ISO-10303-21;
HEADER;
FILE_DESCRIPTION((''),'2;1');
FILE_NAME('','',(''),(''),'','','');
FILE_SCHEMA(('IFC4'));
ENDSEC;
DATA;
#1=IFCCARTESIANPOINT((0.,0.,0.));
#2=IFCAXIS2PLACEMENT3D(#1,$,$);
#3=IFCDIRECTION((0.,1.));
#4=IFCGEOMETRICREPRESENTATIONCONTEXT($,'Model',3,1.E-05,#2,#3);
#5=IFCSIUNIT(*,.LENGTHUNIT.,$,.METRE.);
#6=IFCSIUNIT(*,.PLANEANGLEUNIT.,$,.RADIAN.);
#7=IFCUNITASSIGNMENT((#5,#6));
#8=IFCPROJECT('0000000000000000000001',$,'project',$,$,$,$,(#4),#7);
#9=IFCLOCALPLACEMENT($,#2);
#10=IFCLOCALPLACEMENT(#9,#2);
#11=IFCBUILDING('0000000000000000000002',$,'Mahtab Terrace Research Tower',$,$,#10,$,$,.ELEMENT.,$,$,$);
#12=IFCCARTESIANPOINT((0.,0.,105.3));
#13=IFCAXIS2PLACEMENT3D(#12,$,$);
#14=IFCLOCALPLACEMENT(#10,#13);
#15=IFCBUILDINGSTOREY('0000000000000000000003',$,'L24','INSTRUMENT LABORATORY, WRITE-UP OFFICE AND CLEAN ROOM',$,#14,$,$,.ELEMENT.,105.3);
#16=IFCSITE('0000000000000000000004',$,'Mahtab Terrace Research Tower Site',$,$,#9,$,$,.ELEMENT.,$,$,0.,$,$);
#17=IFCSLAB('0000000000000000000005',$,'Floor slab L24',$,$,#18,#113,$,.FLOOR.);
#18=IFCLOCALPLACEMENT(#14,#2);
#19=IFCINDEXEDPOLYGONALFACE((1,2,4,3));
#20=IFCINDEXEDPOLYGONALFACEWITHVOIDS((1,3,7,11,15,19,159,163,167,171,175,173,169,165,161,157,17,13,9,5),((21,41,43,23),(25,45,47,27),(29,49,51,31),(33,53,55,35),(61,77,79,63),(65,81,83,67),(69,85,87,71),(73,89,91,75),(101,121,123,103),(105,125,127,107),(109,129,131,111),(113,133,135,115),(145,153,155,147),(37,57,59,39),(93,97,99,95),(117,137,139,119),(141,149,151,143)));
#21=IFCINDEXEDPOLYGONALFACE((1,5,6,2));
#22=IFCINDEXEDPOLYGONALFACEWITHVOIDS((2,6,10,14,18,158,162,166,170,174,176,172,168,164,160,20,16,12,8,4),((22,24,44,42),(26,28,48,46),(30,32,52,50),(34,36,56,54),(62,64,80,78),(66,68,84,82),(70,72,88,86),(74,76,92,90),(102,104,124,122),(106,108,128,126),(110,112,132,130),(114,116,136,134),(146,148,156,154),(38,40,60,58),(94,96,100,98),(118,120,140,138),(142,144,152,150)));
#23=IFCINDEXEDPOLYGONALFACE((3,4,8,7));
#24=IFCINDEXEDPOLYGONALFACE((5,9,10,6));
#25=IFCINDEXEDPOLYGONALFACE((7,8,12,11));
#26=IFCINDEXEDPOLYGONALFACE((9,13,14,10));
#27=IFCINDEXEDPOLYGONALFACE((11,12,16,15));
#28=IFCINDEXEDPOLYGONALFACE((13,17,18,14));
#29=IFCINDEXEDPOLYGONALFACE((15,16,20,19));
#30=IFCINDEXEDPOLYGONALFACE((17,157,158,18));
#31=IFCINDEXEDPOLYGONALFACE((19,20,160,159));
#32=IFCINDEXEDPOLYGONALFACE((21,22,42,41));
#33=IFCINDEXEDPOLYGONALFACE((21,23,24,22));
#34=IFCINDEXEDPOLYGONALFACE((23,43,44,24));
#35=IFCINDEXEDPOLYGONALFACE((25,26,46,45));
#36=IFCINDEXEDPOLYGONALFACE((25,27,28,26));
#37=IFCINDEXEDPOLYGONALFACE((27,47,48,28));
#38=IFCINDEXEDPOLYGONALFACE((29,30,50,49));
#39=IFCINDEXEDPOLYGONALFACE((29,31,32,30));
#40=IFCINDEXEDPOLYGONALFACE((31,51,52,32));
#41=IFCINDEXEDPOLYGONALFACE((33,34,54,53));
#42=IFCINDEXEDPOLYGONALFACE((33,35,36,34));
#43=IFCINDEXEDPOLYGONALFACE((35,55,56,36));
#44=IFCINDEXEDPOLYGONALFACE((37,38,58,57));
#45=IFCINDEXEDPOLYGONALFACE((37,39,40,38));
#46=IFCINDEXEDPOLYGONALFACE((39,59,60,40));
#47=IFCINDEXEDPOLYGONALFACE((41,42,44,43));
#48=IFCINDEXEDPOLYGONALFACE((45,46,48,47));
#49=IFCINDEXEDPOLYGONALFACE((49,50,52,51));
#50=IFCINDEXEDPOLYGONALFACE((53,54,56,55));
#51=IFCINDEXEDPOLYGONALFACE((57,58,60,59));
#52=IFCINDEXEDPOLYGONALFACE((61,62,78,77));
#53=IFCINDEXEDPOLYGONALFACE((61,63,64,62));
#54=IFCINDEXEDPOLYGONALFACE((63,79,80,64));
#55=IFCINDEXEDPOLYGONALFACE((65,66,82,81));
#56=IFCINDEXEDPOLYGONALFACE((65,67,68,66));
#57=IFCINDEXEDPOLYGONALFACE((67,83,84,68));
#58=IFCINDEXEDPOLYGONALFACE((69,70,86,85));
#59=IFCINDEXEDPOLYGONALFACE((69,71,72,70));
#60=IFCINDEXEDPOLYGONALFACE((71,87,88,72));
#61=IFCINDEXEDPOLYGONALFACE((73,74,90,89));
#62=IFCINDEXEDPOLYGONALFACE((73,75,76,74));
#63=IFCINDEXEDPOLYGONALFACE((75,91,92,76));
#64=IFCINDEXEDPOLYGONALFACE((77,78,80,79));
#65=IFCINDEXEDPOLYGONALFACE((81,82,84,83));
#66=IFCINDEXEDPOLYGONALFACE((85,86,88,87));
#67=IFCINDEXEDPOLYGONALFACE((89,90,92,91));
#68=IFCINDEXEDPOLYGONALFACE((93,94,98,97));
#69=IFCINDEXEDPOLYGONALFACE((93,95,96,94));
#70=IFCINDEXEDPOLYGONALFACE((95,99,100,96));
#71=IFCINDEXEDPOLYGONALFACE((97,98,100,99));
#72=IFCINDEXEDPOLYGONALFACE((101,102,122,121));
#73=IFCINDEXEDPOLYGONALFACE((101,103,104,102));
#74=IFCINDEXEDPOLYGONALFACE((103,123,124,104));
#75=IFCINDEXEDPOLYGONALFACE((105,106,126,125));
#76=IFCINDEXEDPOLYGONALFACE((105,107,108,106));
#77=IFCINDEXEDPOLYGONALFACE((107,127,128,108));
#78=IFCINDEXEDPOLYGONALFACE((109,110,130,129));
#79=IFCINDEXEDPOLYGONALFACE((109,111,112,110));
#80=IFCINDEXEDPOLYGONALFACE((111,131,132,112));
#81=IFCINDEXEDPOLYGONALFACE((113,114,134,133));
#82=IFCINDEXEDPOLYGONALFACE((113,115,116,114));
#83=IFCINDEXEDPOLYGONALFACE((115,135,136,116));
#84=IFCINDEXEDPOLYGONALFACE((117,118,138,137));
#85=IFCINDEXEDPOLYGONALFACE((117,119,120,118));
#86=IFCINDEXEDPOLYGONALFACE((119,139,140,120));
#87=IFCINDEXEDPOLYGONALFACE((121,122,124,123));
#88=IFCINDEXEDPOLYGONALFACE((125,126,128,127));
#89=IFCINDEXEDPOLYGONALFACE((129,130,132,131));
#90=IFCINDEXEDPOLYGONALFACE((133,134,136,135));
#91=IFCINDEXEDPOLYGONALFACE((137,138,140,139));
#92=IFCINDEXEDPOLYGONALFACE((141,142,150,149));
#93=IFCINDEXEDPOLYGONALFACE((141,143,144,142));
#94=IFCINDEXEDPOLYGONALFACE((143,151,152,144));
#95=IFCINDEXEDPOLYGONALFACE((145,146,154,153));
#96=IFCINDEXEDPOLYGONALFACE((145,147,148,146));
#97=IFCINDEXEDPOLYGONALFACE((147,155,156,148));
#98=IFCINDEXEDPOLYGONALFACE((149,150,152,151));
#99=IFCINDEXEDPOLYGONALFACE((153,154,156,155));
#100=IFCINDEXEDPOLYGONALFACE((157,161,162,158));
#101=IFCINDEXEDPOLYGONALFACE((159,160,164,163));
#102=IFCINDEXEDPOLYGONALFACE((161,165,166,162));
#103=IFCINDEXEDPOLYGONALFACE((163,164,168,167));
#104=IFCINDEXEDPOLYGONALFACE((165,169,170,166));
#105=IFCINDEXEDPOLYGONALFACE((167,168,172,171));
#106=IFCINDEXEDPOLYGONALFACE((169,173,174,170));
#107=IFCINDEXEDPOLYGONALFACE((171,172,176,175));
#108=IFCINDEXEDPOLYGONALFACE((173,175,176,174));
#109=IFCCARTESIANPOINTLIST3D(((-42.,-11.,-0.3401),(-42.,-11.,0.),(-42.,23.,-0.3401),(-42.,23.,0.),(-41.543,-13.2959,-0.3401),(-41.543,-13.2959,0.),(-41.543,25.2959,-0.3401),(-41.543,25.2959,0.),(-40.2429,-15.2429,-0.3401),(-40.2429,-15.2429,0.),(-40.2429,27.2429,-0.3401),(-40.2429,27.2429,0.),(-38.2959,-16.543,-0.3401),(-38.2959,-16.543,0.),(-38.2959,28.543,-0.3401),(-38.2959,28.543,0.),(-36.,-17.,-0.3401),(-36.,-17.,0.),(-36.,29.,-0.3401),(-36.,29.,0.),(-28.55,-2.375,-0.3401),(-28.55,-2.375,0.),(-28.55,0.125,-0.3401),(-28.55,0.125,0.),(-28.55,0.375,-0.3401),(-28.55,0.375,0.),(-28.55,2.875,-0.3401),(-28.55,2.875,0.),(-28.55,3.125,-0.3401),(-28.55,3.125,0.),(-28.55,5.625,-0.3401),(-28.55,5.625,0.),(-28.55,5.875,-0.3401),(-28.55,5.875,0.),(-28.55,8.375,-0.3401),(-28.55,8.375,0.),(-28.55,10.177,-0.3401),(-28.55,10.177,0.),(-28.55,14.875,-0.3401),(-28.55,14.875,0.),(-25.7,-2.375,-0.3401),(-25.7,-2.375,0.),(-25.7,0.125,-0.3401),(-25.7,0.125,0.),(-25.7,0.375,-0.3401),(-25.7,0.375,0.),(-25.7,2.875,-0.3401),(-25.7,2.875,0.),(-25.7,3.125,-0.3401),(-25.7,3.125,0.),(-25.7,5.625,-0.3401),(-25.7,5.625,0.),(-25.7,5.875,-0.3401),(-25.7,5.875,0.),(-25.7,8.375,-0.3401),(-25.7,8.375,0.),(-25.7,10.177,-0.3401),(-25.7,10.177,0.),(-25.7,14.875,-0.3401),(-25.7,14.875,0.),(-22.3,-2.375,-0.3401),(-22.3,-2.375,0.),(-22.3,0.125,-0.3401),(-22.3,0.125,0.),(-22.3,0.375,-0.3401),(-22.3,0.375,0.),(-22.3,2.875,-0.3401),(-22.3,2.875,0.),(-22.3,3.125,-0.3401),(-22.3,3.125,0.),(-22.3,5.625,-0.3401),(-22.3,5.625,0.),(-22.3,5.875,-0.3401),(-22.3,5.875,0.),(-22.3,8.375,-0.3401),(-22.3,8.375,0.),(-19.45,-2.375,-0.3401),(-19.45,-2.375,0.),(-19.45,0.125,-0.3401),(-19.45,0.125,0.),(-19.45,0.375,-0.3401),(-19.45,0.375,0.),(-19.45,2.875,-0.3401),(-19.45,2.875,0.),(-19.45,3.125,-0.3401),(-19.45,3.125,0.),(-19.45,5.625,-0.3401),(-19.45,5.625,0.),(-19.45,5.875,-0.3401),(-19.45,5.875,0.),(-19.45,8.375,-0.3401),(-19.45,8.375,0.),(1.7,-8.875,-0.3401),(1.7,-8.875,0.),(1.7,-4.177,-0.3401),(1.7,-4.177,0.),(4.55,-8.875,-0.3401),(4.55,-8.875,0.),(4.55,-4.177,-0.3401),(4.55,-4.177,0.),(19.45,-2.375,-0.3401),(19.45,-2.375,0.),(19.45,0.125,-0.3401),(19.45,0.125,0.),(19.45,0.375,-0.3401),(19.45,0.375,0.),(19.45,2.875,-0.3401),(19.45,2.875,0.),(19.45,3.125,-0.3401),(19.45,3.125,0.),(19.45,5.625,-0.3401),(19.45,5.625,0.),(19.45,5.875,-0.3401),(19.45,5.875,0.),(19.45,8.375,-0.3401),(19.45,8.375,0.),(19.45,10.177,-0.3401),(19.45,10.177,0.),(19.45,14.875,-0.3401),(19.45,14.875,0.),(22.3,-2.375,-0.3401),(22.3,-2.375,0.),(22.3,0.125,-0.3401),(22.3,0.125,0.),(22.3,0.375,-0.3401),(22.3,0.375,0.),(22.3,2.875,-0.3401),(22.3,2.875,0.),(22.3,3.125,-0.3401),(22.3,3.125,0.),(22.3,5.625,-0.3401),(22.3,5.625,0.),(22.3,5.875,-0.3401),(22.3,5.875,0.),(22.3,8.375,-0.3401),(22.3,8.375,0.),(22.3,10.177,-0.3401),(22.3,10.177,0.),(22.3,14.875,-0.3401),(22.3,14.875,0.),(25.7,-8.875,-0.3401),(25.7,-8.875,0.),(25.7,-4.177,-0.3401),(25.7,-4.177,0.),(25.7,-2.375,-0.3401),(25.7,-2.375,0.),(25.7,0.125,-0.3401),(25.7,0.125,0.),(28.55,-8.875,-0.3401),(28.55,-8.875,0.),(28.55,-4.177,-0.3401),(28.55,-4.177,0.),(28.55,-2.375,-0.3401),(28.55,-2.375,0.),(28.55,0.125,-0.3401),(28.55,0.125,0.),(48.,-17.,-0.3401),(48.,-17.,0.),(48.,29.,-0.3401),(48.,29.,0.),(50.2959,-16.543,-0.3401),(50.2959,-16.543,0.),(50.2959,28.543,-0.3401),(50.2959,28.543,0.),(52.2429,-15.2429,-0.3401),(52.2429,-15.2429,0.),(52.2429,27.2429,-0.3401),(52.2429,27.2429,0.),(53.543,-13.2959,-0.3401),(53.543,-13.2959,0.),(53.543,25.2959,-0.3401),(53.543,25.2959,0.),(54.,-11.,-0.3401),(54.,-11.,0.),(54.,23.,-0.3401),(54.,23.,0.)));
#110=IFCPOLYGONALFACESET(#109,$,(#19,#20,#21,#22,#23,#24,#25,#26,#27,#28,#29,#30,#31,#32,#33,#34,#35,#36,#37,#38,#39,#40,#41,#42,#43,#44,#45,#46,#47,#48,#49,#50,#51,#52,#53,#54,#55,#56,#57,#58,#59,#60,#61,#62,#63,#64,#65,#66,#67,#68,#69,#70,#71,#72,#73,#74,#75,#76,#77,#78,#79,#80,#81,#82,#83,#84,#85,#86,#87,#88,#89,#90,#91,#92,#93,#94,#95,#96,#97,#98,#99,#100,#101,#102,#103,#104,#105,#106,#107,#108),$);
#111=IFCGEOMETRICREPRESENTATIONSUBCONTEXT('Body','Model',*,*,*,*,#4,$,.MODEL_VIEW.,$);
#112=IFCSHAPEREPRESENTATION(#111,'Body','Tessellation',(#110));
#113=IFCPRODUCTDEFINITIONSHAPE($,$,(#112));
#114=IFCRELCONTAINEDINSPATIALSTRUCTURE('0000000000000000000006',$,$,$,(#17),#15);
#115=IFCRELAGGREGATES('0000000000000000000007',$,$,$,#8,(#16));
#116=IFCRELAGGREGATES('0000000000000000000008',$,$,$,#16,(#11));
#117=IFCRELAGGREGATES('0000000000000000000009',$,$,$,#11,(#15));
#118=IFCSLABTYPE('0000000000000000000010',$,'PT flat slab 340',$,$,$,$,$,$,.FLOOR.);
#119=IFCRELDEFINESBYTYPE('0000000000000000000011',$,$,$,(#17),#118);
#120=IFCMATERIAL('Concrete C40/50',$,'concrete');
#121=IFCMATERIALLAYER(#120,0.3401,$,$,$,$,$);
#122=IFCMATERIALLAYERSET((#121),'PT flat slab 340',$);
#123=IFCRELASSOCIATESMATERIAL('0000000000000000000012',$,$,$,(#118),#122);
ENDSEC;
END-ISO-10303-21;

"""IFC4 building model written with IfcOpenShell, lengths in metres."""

from ifc_helpers import new_model, si_unit, direction, frame, origin, place, context, subcontext, project, spatial, polyline, outline, extrude, material, layer, layer_set, type_object, element, save


model = new_model("IFC4")

# Units and contexts
model_context = context("Model", 3, precision=1e-05, world=origin(), true_north=direction((0.0, 1.0)))
body_context = subcontext(model_context, "Body", "Model", "MODEL_VIEW")
ifc_project = project(units=[si_unit("LENGTHUNIT", "METRE"), si_unit("PLANEANGLEUNIT", "RADIAN")], contexts=[model_context])

# Site, building, storey
site_placement = place(None, origin())
site = spatial("IfcSite", under=ifc_project, at=site_placement, Name="Mahtab Terrace Research Tower Site", CompositionType="ELEMENT", RefElevation=0.0)
building_placement = place(site_placement, origin())
building = spatial("IfcBuilding", under=site, at=building_placement, Name="Mahtab Terrace Research Tower", CompositionType="ELEMENT")
storey_placement = place(building_placement, frame((0.0, 0.0, 105.3)))
storey = spatial("IfcBuildingStorey", under=building, at=storey_placement, Name="L24", Description="INSTRUMENT LABORATORY, WRITE-UP OFFICE AND CLEAN ROOM", CompositionType="ELEMENT", Elevation=105.3)

# Shared definitions
ifc_material_1 = material(Name="Concrete C40/50", Category="concrete")

# Slab
ifc_layer_1 = layer(ifc_material_1, 0.3401)
ifc_layer_set_1 = layer_set([ifc_layer_1], Name="PT flat slab 340")
slab_type_1 = type_object("IfcSlabType", Name="PT flat slab 340", PredefinedType="FLOOR", material=ifc_layer_set_1)
slab_1_placement = place(storey_placement, frame((0.0, 0.0, -0.3401)))
element("IfcSlab", 1, at=slab_1_placement, inside=storey, type_object=slab_type_1, Name="Floor slab L24", PredefinedType="FLOOR", context=body_context, shape_type="SweptSolid", body=[
    extrude(outline(polyline([(53.543, 25.2959), (52.2429, 27.2429), (50.2959, 28.543), (48.0, 29.0), (-36.0, 29.0), (-38.2959, 28.543), (-40.2429, 27.2429), (-41.543, 25.2959), (-42.0, 23.0), (-42.0, -11.0), (-41.543, -13.2959), (-40.2429, -15.2429), (-38.2959, -16.543), (-36.0, -17.0), (48.0, -17.0), (50.2959, -16.543), (52.2429, -15.2429), (53.543, -13.2959), (54.0, -11.0), (54.0, 23.0), (53.543, 25.2959)]), holes=[polyline([(-28.55, -2.375), (-28.55, 0.125), (-25.7, 0.125), (-25.7, -2.375), (-28.55, -2.375)]), polyline([(-22.3, -2.375), (-22.3, 0.125), (-19.45, 0.125), (-19.45, -2.375), (-22.3, -2.375)]), polyline([(-28.55, 0.375), (-28.55, 2.875), (-25.7, 2.875), (-25.7, 0.375), (-28.55, 0.375)]), polyline([(-22.3, 0.375), (-22.3, 2.875), (-19.45, 2.875), (-19.45, 0.375), (-22.3, 0.375)]), polyline([(-28.55, 3.125), (-28.55, 5.625), (-25.7, 5.625), (-25.7, 3.125), (-28.55, 3.125)]), polyline([(-22.3, 3.125), (-22.3, 5.625), (-19.45, 5.625), (-19.45, 3.125), (-22.3, 3.125)]), polyline([(-28.55, 5.875), (-28.55, 8.375), (-25.7, 8.375), (-25.7, 5.875), (-28.55, 5.875)]), polyline([(-22.3, 5.875), (-22.3, 8.375), (-19.45, 8.375), (-19.45, 5.875), (-22.3, 5.875)]), polyline([(-28.55, 10.177), (-28.55, 14.875), (-25.7, 14.875), (-25.7, 10.177), (-28.55, 10.177)]), polyline([(1.7, -8.875), (1.7, -4.177), (4.55, -4.177), (4.55, -8.875), (1.7, -8.875)]), polyline([(25.7, -8.875), (25.7, -4.177), (28.55, -4.177), (28.55, -8.875), (25.7, -8.875)]), polyline([(19.45, -2.375), (19.45, 0.125), (22.3, 0.125), (22.3, -2.375), (19.45, -2.375)]), polyline([(25.7, -2.375), (25.7, 0.125), (28.55, 0.125), (28.55, -2.375), (25.7, -2.375)]), polyline([(19.45, 0.375), (19.45, 2.875), (22.3, 2.875), (22.3, 0.375), (19.45, 0.375)]), polyline([(19.45, 3.125), (19.45, 5.625), (22.3, 5.625), (22.3, 3.125), (19.45, 3.125)]), polyline([(19.45, 8.375), (22.3, 8.375), (22.3, 5.875), (19.45, 5.875), (19.45, 8.375)]), polyline([(19.45, 14.875), (22.3, 14.875), (22.3, 10.177), (19.45, 10.177), (19.45, 14.875)])]), origin(), (0.0, 0.0, 1.0), 0.3401),
])

save(model, "model.ifc")
